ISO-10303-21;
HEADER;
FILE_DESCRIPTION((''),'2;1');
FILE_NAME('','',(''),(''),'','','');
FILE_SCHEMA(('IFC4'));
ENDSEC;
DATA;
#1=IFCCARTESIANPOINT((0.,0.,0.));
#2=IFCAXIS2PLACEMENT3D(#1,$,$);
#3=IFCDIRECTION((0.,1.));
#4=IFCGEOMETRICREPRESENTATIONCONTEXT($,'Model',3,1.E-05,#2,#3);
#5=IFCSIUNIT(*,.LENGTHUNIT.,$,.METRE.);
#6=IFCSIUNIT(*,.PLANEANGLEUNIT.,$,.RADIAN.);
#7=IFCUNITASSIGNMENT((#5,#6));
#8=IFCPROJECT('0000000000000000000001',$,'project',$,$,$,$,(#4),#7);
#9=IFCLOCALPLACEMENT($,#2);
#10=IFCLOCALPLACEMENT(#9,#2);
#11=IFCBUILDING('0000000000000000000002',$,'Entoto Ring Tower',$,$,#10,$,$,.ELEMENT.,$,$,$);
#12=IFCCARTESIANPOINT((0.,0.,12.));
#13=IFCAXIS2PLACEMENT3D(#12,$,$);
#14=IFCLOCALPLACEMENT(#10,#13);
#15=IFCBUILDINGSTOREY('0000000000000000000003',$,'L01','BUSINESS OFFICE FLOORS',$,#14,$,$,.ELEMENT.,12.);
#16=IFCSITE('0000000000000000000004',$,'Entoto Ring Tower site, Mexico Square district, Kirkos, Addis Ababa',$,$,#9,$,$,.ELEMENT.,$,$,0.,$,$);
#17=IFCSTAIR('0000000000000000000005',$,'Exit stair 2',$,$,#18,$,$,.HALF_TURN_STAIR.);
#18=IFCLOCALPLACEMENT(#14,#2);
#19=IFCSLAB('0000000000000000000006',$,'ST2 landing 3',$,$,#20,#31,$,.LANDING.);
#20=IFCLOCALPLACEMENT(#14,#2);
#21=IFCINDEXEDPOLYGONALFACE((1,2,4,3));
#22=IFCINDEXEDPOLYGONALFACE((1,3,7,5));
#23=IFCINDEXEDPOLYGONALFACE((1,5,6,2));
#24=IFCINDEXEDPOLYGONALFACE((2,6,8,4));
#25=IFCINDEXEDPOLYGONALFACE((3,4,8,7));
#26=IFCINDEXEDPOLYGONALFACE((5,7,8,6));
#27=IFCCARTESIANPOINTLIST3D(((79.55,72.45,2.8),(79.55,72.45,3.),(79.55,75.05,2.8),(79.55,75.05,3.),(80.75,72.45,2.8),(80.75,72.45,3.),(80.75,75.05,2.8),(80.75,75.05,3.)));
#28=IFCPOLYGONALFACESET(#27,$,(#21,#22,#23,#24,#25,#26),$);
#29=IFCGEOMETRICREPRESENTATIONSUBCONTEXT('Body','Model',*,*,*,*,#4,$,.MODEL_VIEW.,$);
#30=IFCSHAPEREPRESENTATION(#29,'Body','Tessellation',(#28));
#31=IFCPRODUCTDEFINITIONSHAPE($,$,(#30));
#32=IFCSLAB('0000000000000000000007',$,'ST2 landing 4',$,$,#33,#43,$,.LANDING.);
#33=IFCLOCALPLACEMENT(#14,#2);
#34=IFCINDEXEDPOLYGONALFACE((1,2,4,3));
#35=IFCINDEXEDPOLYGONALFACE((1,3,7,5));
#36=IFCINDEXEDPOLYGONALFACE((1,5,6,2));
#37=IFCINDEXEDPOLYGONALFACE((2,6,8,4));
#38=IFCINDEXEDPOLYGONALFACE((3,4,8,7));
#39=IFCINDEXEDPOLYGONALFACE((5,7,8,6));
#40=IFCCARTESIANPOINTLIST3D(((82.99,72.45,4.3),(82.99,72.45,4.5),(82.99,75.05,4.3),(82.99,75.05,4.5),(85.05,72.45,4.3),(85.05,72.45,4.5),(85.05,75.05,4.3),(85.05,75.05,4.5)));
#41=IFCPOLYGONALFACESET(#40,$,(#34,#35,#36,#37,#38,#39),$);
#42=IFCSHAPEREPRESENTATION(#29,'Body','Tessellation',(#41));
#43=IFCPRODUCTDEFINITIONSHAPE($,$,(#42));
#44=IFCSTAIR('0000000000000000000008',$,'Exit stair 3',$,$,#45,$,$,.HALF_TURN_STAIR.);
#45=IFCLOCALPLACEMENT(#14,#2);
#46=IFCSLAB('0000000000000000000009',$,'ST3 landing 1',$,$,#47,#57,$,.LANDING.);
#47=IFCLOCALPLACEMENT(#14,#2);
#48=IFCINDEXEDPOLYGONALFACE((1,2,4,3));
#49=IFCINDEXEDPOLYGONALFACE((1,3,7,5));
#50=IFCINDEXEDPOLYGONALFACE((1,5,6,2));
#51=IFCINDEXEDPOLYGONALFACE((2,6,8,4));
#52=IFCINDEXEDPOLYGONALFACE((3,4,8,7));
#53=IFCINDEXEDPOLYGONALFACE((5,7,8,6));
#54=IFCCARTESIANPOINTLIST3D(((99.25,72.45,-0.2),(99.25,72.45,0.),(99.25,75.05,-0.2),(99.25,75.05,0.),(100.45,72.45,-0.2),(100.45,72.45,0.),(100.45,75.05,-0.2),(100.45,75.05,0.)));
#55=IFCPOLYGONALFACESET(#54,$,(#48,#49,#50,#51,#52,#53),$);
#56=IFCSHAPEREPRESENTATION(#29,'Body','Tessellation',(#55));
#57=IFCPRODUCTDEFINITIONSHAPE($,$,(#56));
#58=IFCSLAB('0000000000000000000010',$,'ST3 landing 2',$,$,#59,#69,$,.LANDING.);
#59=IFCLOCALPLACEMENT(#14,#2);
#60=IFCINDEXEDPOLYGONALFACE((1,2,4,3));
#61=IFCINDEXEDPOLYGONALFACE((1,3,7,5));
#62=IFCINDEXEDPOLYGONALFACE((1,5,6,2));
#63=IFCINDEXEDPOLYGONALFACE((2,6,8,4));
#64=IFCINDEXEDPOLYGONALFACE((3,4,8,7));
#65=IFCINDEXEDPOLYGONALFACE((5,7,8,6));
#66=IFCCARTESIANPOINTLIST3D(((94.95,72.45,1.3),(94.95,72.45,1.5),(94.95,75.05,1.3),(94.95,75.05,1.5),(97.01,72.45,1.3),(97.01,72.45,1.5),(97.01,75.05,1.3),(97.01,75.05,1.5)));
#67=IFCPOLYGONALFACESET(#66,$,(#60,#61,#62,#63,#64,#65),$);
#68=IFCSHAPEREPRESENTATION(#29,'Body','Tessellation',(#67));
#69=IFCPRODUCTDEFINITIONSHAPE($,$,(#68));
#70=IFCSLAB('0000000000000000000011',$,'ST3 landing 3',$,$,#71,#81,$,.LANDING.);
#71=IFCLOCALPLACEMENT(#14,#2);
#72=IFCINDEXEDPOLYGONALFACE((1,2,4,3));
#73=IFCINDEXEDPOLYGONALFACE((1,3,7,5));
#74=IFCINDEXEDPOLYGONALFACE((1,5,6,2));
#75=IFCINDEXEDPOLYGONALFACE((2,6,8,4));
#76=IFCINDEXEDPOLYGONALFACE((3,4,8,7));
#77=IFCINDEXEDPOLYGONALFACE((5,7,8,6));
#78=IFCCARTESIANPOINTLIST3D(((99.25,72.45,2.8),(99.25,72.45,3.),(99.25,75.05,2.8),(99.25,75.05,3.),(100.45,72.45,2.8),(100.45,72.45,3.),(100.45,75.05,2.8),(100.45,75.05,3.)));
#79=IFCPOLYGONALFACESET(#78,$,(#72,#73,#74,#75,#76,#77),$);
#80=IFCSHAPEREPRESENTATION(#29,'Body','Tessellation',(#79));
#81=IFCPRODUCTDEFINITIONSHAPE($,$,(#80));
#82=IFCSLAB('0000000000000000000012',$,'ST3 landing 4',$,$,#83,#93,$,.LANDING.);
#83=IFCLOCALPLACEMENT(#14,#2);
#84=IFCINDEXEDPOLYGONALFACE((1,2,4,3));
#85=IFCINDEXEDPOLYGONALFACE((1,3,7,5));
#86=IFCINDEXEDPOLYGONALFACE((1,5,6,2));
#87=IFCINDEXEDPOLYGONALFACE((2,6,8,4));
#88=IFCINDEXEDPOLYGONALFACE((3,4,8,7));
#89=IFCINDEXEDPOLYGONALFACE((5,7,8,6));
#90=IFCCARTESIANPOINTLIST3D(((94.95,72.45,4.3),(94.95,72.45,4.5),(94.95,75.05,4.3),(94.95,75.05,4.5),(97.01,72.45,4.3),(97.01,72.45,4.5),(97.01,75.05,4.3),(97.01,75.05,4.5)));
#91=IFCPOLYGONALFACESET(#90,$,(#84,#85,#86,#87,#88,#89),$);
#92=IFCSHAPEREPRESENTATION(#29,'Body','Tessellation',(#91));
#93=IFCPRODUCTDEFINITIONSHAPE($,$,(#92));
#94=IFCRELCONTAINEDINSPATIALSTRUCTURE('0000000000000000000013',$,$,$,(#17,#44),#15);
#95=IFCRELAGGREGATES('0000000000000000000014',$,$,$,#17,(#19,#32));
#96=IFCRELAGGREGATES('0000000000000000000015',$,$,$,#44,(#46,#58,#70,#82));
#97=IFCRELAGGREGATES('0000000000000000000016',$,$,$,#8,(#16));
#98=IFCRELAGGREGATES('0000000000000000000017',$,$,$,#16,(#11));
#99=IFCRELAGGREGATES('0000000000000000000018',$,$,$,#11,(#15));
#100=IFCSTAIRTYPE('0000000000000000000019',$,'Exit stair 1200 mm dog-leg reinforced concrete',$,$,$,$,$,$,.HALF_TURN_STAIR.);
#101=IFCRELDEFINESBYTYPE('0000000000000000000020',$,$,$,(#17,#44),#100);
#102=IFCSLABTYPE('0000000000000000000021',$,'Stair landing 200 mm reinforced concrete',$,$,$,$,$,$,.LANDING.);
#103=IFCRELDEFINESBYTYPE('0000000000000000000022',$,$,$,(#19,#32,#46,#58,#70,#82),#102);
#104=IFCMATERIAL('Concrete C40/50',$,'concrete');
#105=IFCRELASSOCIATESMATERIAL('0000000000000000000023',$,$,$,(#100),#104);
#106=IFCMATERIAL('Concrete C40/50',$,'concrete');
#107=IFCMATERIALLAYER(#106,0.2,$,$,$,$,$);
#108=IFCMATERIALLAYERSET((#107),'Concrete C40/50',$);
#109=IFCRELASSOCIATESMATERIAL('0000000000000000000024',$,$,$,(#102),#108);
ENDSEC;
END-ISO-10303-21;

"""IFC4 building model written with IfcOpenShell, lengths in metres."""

from ifc_helpers import new_model, si_unit, direction, frame, origin, place, context, subcontext, project, spatial, polyline, outline, extrude, material, layer, layer_set, type_object, element, aggregate, save


model = new_model("IFC4")

# Units and contexts
model_context = context("Model", 3, precision=1e-05, world=origin(), true_north=direction((0.0, 1.0)))
body_context = subcontext(model_context, "Body", "Model", "MODEL_VIEW")
ifc_project = project(units=[si_unit("LENGTHUNIT", "METRE"), si_unit("PLANEANGLEUNIT", "RADIAN")], contexts=[model_context])

# Site, building, storey
site_placement = place(None, origin())
site = spatial("IfcSite", under=ifc_project, at=site_placement, Name="Entoto Ring Tower site, Mexico Square district, Kirkos, Addis Ababa", CompositionType="ELEMENT", RefElevation=0.0)
building_placement = place(site_placement, origin())
building = spatial("IfcBuilding", under=site, at=building_placement, Name="Entoto Ring Tower", CompositionType="ELEMENT")
storey_placement = place(building_placement, frame((0.0, 0.0, 12.0)))
storey = spatial("IfcBuildingStorey", under=building, at=storey_placement, Name="L01", Description="BUSINESS OFFICE FLOORS", CompositionType="ELEMENT", Elevation=12.0)

# Stairs, slabs
ifc_material_1 = material(Name="Concrete C40/50", Category="concrete")
stair_type = type_object("IfcStairType", Name="Exit stair 1200 mm dog-leg reinforced concrete", PredefinedType="HALF_TURN_STAIR", material=ifc_material_1)
ifc_material_2 = material(Name="Concrete C40/50", Category="concrete")
ifc_layer_1 = layer(ifc_material_2, 0.2)
ifc_layer_set_1 = layer_set([ifc_layer_1], Name="Concrete C40/50")
slab_type_1 = type_object("IfcSlabType", Name="Stair landing 200 mm reinforced concrete", PredefinedType="LANDING", material=ifc_layer_set_1)
stair_1_placement = place(storey_placement, origin())
stair_1 = element("IfcStair", 1, at=stair_1_placement, inside=storey, type_object=stair_type, Name="Exit stair 2", PredefinedType="HALF_TURN_STAIR")
slab_1_placement = place(storey_placement, frame((0.0, 0.0, 2.8)))
slab_1 = element("IfcSlab", 2, at=slab_1_placement, type_object=slab_type_1, Name="ST2 landing 3", PredefinedType="LANDING", context=body_context, shape_type="SweptSolid", body=[
    extrude(outline(polyline([(79.55, 72.45), (80.75, 72.45), (80.75, 75.05), (79.55, 75.05), (79.55, 72.45)])), origin(), (0.0, 0.0, 1.0), 0.2),
])
slab_2_placement = place(storey_placement, frame((0.0, 0.0, 4.3)))
slab_2 = element("IfcSlab", 3, at=slab_2_placement, type_object=slab_type_1, Name="ST2 landing 4", PredefinedType="LANDING", context=body_context, shape_type="SweptSolid", body=[
    extrude(outline(polyline([(82.99, 72.45), (85.05, 72.45), (85.05, 75.05), (82.99, 75.05), (82.99, 72.45)])), origin(), (0.0, 0.0, 1.0), 0.2),
])
aggregate(stair_1, [slab_1, slab_2])
stair_2_placement = place(storey_placement, origin())
stair_2 = element("IfcStair", 4, at=stair_2_placement, inside=storey, type_object=stair_type, Name="Exit stair 3", PredefinedType="HALF_TURN_STAIR")
slab_3_placement = place(storey_placement, frame((0.0, 0.0, -0.2)))
slab_3 = element("IfcSlab", 5, at=slab_3_placement, type_object=slab_type_1, Name="ST3 landing 1", PredefinedType="LANDING", context=body_context, shape_type="SweptSolid", body=[
    extrude(outline(polyline([(100.45, 72.45), (100.45, 75.05), (99.25, 75.05), (99.25, 72.45), (100.45, 72.45)])), origin(), (0.0, 0.0, 1.0), 0.2),
])
slab_4_placement = place(storey_placement, frame((0.0, 0.0, 1.3)))
slab_4 = element("IfcSlab", 6, at=slab_4_placement, type_object=slab_type_1, Name="ST3 landing 2", PredefinedType="LANDING", context=body_context, shape_type="SweptSolid", body=[
    extrude(outline(polyline([(94.95, 72.45), (97.01, 72.45), (97.01, 75.05), (94.95, 75.05), (94.95, 72.45)])), origin(), (0.0, 0.0, 1.0), 0.2),
])
slab_5_placement = place(storey_placement, frame((0.0, 0.0, 2.8)))
slab_5 = element("IfcSlab", 7, at=slab_5_placement, type_object=slab_type_1, Name="ST3 landing 3", PredefinedType="LANDING", context=body_context, shape_type="SweptSolid", body=[
    extrude(outline(polyline([(99.25, 72.45), (100.45, 72.45), (100.45, 75.05), (99.25, 75.05), (99.25, 72.45)])), origin(), (0.0, 0.0, 1.0), 0.2),
])
slab_6_placement = place(storey_placement, frame((0.0, 0.0, 4.3)))
slab_6 = element("IfcSlab", 8, at=slab_6_placement, type_object=slab_type_1, Name="ST3 landing 4", PredefinedType="LANDING", context=body_context, shape_type="SweptSolid", body=[
    extrude(outline(polyline([(94.95, 72.45), (97.01, 72.45), (97.01, 75.05), (94.95, 75.05), (94.95, 72.45)])), origin(), (0.0, 0.0, 1.0), 0.2),
])
aggregate(stair_2, [slab_3, slab_4, slab_5, slab_6])

save(model, "model.ifc")
